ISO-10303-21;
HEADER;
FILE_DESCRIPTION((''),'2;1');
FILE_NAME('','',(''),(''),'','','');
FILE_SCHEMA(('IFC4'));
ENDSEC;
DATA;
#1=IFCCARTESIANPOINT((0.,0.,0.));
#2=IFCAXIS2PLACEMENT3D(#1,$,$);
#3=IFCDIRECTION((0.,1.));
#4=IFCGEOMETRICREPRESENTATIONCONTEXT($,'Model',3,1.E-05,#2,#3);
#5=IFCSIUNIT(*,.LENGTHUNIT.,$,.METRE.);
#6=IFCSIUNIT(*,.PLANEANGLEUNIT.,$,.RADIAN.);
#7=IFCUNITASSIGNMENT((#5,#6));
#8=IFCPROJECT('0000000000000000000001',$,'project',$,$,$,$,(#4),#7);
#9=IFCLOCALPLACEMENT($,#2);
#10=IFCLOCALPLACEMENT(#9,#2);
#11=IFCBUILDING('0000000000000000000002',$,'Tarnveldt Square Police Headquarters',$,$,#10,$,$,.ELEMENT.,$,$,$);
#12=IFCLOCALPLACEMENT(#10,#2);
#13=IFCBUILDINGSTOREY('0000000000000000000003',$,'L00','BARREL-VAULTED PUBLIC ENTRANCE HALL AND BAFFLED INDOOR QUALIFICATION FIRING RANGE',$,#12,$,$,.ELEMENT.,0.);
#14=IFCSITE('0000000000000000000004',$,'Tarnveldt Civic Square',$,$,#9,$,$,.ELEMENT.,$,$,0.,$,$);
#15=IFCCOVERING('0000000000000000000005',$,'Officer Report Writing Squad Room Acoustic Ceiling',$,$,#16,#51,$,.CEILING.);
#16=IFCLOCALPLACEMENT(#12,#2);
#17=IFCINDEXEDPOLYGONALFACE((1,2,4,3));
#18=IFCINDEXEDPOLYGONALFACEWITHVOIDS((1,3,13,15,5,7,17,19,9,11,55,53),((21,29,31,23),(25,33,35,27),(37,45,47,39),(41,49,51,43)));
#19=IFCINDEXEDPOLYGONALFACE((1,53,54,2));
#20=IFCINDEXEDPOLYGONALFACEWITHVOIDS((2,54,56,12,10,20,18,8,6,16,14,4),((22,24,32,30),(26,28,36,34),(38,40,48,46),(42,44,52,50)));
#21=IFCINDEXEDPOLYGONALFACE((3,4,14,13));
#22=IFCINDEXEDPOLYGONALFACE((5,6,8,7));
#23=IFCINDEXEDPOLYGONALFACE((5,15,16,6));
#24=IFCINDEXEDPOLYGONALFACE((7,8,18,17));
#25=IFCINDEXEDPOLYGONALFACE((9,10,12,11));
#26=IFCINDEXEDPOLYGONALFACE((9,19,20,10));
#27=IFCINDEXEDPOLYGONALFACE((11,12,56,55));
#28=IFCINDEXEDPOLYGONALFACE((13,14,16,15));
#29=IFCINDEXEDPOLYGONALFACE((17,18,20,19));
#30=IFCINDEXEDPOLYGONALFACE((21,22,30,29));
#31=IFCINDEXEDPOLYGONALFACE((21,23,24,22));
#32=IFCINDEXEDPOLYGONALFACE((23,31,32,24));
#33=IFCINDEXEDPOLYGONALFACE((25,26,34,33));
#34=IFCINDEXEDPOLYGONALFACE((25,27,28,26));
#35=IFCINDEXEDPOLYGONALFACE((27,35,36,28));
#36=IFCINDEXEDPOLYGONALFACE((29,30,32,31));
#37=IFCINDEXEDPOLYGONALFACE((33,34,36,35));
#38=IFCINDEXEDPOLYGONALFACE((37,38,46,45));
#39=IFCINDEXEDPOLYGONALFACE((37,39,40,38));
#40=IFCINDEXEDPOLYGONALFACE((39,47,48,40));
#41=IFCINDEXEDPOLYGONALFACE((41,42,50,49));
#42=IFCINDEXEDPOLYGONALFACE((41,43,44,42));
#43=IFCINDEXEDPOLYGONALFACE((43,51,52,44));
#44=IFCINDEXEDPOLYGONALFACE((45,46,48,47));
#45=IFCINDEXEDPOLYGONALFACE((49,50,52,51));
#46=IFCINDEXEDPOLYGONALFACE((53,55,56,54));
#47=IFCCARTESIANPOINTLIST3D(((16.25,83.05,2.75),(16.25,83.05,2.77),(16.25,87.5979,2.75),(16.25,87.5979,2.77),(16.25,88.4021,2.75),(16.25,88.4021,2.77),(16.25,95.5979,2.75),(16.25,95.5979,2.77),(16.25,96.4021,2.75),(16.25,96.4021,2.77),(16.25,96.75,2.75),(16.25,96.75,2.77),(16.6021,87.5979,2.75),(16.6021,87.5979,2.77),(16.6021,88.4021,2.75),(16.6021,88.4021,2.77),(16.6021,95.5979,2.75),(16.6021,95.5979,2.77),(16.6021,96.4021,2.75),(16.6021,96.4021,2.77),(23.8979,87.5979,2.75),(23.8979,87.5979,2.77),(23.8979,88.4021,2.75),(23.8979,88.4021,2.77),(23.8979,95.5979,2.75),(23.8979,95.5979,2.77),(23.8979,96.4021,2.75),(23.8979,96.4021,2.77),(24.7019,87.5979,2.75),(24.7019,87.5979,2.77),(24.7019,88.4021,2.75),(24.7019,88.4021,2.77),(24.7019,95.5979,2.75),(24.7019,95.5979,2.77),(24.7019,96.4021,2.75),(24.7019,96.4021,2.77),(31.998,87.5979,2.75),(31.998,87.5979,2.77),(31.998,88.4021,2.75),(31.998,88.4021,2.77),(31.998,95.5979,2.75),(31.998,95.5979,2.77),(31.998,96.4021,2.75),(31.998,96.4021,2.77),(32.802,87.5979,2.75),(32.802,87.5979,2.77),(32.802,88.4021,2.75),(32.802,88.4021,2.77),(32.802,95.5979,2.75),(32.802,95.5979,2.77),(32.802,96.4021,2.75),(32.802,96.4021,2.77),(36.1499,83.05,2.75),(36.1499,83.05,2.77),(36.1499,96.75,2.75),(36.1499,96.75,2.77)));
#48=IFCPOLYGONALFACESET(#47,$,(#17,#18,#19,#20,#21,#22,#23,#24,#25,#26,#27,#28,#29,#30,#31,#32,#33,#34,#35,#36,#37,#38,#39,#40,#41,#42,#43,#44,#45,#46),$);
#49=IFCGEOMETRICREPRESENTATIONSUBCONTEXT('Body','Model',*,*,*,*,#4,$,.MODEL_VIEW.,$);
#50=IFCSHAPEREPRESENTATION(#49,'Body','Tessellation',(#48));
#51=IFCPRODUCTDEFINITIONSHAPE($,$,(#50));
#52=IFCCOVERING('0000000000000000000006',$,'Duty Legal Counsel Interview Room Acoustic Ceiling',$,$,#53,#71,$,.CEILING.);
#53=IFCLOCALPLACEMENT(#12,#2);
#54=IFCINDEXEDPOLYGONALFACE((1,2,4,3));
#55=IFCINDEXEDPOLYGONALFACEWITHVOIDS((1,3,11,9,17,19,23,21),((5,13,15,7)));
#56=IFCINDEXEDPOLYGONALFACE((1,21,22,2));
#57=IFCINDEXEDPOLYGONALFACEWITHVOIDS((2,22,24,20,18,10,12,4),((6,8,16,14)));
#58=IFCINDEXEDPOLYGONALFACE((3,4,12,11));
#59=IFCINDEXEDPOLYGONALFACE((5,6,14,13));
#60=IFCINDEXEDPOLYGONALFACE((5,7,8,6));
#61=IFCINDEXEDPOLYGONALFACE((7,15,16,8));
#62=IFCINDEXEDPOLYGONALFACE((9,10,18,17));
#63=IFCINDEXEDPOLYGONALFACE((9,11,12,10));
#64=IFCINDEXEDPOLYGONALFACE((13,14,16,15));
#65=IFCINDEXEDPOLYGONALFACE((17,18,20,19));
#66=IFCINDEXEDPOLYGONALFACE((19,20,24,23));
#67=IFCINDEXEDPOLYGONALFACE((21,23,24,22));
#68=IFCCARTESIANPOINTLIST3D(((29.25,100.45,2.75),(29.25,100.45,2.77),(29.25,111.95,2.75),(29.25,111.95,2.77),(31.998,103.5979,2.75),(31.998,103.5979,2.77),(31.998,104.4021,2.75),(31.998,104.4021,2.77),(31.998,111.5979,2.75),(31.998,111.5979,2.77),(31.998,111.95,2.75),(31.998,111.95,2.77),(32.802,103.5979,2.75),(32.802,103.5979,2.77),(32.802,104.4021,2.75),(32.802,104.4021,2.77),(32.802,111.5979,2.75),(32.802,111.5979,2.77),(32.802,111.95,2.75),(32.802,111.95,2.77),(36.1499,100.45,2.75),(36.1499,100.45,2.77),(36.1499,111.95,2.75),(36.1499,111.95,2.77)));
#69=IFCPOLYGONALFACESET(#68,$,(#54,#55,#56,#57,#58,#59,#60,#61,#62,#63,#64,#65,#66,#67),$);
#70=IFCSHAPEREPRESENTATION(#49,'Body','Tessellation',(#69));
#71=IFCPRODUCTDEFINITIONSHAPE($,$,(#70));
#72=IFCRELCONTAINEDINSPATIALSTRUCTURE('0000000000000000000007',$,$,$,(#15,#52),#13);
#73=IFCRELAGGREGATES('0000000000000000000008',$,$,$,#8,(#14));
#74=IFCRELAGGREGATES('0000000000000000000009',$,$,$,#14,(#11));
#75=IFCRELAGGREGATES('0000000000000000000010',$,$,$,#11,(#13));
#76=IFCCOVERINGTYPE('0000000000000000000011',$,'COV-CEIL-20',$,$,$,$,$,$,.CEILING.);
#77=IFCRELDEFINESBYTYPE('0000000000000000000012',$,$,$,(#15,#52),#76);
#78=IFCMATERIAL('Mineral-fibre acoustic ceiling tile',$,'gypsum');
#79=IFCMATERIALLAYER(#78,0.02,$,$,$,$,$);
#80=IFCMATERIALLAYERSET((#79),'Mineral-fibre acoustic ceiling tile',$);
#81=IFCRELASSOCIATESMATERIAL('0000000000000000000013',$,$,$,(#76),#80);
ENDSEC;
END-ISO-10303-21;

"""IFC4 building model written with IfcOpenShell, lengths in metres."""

from ifc_helpers import new_model, si_unit, direction, frame, origin, place, context, subcontext, project, spatial, polyline, outline, extrude, material, layer, layer_set, type_object, element, save


model = new_model("IFC4")

# Units and contexts
model_context = context("Model", 3, precision=1e-05, world=origin(), true_north=direction((0.0, 1.0)))
body_context = subcontext(model_context, "Body", "Model", "MODEL_VIEW")
ifc_project = project(units=[si_unit("LENGTHUNIT", "METRE"), si_unit("PLANEANGLEUNIT", "RADIAN")], contexts=[model_context])

# Site, building, storey
site_placement = place(None, origin())
site = spatial("IfcSite", under=ifc_project, at=site_placement, Name="Tarnveldt Civic Square", CompositionType="ELEMENT", RefElevation=0.0)
building_placement = place(site_placement, origin())
building = spatial("IfcBuilding", under=site, at=building_placement, Name="Tarnveldt Square Police Headquarters", CompositionType="ELEMENT")
storey_placement = place(building_placement, origin())
storey = spatial("IfcBuildingStorey", under=building, at=storey_placement, Name="L00", Description="BARREL-VAULTED PUBLIC ENTRANCE HALL AND BAFFLED INDOOR QUALIFICATION FIRING RANGE", CompositionType="ELEMENT", Elevation=0.0)

# Coverings
ifc_material_1 = material(Name="Mineral-fibre acoustic ceiling tile", Category="gypsum")
ifc_layer_1 = layer(ifc_material_1, 0.02)
ifc_layer_set_1 = layer_set([ifc_layer_1], Name="Mineral-fibre acoustic ceiling tile")
covering_type_1 = type_object("IfcCoveringType", Name="COV-CEIL-20", PredefinedType="CEILING", material=ifc_layer_set_1)
covering_1_placement = place(storey_placement, frame((0.0, 0.0, 2.75)))
element("IfcCovering", 1, at=covering_1_placement, inside=storey, type_object=covering_type_1, Name="Officer Report Writing Squad Room Acoustic Ceiling", PredefinedType="CEILING", context=body_context, shape_type="SweptSolid", body=[
    extrude(outline(polyline([(16.25, 96.75), (36.1499, 96.75), (36.1499, 83.05), (16.25, 83.05), (16.25, 87.5979), (16.6021, 87.5979), (16.6021, 88.4021), (16.25, 88.4021), (16.25, 95.5979), (16.6021, 95.5979), (16.6021, 96.4021), (16.25, 96.4021), (16.25, 96.75)]), holes=[polyline([(31.998, 96.4021), (31.998, 95.5979), (32.802, 95.5979), (32.802, 96.4021), (31.998, 96.4021)]), polyline([(32.802, 88.4021), (31.998, 88.4021), (31.998, 87.5979), (32.802, 87.5979), (32.802, 88.4021)]), polyline([(24.7019, 96.4021), (23.8979, 96.4021), (23.8979, 95.5979), (24.7019, 95.5979), (24.7019, 96.4021)]), polyline([(24.7019, 88.4021), (23.8979, 88.4021), (23.8979, 87.5979), (24.7019, 87.5979), (24.7019, 88.4021)])]), origin(), (0.0, 0.0, 1.0), 0.02),
])
covering_2_placement = place(storey_placement, frame((0.0, 0.0, 2.75)))
element("IfcCovering", 2, at=covering_2_placement, inside=storey, type_object=covering_type_1, Name="Duty Legal Counsel Interview Room Acoustic Ceiling", PredefinedType="CEILING", context=body_context, shape_type="SweptSolid", body=[
    extrude(outline(polyline([(36.1499, 111.95), (36.1499, 100.45), (29.25, 100.45), (29.25, 111.95), (31.998, 111.95), (31.998, 111.5979), (32.802, 111.5979), (32.802, 111.95), (36.1499, 111.95)]), holes=[polyline([(31.998, 104.4021), (31.998, 103.5979), (32.802, 103.5979), (32.802, 104.4021), (31.998, 104.4021)])]), origin(), (0.0, 0.0, 1.0), 0.02),
])

save(model, "model.ifc")
